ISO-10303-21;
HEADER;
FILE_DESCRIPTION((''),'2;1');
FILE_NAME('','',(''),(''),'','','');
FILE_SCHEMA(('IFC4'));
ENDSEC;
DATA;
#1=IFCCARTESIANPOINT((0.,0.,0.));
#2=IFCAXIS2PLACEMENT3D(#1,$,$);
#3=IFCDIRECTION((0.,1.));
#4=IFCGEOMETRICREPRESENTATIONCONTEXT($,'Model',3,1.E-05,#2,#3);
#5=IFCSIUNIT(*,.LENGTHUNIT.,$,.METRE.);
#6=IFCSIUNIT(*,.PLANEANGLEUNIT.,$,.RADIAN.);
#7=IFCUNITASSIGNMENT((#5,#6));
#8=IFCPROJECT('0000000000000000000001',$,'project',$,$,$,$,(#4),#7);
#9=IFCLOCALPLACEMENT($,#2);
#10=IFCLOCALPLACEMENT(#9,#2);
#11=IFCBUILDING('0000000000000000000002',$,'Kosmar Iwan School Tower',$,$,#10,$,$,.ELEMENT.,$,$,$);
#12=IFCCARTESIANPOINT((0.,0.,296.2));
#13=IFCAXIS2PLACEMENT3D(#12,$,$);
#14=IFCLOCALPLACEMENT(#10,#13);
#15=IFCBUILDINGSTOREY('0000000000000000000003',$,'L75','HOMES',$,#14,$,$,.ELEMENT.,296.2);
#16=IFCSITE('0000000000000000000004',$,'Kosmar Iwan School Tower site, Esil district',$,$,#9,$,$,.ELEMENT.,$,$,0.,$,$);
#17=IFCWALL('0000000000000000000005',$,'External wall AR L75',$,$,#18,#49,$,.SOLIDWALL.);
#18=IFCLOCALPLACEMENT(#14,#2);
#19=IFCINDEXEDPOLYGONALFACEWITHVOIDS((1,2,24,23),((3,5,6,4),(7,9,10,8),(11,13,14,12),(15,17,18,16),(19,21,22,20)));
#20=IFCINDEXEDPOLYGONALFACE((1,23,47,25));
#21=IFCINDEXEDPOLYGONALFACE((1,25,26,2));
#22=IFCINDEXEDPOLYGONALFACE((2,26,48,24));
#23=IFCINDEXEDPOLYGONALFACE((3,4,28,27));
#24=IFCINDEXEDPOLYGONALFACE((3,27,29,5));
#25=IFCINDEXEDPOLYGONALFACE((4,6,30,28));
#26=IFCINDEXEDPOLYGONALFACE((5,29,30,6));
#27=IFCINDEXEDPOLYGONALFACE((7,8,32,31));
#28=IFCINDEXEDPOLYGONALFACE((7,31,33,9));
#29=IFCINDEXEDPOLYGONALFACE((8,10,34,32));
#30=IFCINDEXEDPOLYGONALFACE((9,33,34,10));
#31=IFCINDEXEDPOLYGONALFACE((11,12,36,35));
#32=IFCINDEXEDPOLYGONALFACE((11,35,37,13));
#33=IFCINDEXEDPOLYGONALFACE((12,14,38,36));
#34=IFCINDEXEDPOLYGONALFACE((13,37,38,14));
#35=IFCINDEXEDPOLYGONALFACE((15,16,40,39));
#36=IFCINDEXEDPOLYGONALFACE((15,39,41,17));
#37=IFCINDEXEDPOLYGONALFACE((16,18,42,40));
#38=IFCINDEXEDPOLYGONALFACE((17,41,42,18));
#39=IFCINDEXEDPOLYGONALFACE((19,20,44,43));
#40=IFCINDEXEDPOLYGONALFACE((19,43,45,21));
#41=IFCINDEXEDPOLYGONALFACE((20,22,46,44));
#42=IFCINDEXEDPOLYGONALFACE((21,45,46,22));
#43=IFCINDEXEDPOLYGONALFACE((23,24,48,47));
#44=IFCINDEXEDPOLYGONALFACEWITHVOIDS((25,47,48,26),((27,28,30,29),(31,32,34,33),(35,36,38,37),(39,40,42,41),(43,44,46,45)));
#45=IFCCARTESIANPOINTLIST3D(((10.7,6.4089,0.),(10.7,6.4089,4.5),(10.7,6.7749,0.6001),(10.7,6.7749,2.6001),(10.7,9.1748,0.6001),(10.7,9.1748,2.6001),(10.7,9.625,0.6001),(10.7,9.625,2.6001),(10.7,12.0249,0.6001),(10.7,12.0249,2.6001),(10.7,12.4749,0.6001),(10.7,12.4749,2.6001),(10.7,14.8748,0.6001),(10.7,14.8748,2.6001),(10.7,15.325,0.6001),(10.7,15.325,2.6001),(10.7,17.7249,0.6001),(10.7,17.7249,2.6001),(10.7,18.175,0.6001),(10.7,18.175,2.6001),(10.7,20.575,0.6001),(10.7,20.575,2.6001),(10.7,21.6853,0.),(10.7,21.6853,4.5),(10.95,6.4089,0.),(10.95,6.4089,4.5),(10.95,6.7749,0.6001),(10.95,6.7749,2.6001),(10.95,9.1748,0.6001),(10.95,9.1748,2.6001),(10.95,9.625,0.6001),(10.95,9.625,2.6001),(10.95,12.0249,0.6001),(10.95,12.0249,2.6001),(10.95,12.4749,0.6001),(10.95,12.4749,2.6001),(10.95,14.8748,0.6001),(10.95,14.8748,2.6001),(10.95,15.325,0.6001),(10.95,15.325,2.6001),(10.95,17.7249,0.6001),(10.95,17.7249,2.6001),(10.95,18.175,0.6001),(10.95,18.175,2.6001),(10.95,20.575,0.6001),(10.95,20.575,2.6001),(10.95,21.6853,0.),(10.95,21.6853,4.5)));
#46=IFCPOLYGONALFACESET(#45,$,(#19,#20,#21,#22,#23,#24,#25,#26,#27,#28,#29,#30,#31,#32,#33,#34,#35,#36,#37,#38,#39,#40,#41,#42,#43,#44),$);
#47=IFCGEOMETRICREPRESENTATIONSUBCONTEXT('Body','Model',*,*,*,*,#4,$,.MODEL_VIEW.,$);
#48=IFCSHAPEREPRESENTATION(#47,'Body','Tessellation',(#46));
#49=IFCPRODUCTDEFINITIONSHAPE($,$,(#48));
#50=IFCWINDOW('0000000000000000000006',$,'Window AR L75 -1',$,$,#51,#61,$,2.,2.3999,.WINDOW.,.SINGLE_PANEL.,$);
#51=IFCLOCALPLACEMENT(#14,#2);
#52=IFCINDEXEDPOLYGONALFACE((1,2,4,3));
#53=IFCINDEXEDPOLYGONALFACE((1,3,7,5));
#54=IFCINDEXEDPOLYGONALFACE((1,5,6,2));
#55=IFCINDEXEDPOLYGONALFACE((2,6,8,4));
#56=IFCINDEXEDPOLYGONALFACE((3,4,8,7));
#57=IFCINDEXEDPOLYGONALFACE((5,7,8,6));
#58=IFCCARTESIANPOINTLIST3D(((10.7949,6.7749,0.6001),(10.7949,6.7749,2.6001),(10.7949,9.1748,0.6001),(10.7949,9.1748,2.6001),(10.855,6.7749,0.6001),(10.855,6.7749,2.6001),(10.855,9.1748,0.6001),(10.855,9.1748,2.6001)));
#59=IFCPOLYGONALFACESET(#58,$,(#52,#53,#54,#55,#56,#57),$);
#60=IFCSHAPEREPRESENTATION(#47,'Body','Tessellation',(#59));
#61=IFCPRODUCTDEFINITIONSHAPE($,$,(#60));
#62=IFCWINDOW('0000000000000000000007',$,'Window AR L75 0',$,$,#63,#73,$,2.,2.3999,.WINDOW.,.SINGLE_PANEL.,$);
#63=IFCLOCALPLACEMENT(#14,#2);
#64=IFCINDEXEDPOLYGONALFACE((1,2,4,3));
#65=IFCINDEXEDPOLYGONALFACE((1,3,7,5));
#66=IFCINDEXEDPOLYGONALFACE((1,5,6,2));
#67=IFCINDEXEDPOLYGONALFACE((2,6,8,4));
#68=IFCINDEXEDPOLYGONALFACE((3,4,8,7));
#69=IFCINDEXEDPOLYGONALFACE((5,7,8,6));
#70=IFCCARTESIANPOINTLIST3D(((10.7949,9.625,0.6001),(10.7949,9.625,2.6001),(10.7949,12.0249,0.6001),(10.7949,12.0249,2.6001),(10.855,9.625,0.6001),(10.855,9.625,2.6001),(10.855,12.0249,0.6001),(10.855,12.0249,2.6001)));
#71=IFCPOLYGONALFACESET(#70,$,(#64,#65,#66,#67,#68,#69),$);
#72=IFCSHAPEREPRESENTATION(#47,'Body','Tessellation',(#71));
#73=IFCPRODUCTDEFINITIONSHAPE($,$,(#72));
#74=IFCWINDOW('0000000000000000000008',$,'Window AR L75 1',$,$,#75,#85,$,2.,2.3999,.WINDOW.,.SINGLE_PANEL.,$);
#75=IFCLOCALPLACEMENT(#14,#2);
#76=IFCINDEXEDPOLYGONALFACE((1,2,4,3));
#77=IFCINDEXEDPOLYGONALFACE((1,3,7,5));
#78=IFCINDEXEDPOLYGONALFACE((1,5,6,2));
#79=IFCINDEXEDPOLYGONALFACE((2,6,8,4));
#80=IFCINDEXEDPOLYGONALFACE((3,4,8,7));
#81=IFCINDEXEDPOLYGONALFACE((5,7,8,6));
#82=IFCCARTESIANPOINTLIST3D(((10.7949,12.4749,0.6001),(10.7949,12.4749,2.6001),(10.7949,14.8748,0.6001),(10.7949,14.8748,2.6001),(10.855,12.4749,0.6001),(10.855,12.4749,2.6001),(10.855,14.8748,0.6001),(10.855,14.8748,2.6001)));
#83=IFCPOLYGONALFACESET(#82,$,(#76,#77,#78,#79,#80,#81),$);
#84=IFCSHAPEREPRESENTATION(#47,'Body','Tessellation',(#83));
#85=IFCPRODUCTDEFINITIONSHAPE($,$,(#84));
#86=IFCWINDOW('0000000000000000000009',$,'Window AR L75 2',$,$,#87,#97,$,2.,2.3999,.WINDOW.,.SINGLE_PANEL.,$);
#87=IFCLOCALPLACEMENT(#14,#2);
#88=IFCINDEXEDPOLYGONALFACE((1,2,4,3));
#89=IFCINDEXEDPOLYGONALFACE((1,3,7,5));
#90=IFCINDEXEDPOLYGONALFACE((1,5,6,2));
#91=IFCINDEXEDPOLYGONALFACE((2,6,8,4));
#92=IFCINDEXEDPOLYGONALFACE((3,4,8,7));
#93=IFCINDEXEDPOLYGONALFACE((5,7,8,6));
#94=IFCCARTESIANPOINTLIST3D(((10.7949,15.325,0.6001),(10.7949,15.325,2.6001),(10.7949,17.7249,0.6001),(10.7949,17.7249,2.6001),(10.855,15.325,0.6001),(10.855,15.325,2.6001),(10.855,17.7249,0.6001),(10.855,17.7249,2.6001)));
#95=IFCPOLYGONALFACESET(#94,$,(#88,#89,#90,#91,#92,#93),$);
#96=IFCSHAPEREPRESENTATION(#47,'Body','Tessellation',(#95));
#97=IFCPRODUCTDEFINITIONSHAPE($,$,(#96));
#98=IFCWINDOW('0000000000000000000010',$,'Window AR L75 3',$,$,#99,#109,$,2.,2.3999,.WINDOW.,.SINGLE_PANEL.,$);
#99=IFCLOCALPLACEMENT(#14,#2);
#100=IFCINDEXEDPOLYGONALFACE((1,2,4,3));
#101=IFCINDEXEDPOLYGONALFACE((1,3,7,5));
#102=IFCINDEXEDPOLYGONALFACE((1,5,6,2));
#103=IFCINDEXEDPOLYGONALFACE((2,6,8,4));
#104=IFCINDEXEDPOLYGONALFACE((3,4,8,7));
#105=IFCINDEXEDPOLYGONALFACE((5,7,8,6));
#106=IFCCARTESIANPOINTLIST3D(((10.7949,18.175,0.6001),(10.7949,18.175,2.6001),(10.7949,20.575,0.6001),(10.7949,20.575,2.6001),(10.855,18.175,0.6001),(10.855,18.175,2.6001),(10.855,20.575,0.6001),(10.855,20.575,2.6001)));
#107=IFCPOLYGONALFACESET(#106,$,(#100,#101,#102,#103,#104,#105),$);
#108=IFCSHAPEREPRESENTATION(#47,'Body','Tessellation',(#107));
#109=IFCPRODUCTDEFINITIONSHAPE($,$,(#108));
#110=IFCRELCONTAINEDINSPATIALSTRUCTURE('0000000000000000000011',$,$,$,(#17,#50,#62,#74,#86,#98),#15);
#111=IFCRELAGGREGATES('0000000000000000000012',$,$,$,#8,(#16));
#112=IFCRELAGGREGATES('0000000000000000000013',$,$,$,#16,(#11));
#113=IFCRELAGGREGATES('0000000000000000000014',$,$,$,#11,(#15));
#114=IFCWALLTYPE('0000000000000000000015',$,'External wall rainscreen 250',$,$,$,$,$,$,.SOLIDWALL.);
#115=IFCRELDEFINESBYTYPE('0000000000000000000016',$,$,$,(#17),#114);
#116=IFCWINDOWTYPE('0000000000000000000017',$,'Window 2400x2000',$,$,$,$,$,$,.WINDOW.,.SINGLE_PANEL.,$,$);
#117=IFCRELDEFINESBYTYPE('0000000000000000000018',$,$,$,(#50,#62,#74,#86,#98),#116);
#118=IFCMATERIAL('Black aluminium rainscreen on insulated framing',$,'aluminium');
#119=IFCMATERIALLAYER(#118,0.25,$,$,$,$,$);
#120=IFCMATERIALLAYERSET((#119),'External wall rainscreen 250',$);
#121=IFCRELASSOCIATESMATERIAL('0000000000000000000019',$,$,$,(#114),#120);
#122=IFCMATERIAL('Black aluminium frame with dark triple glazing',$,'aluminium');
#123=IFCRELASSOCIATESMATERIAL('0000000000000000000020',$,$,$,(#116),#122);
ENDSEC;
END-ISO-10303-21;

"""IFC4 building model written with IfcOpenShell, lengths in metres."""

from ifc_helpers import new_model, si_unit, direction, frame, frame_2d, origin, place, context, subcontext, project, spatial, rectangle, extrude, material, layer, layer_set, type_object, element, fill, save


model = new_model("IFC4")

# Units and contexts
model_context = context("Model", 3, precision=1e-05, world=origin(), true_north=direction((0.0, 1.0)))
body_context = subcontext(model_context, "Body", "Model", "MODEL_VIEW")
ifc_project = project(units=[si_unit("LENGTHUNIT", "METRE"), si_unit("PLANEANGLEUNIT", "RADIAN")], contexts=[model_context])

# Site, building, storey
site_placement = place(None, origin())
site = spatial("IfcSite", under=ifc_project, at=site_placement, Name="Kosmar Iwan School Tower site, Esil district", CompositionType="ELEMENT", RefElevation=0.0)
building_placement = place(site_placement, origin())
building = spatial("IfcBuilding", under=site, at=building_placement, Name="Kosmar Iwan School Tower", CompositionType="ELEMENT")
storey_placement = place(building_placement, frame((0.0, 0.0, 296.2)))
storey = spatial("IfcBuildingStorey", under=building, at=storey_placement, Name="L75", Description="HOMES", CompositionType="ELEMENT", Elevation=296.2)

# Wall, openings, windows
ifc_material_1 = material(Name="Black aluminium rainscreen on insulated framing", Category="aluminium")
ifc_layer_1 = layer(ifc_material_1, 0.25)
ifc_layer_set_1 = layer_set([ifc_layer_1], Name="External wall rainscreen 250")
wall_type_1 = type_object("IfcWallType", Name="External wall rainscreen 250", PredefinedType="SOLIDWALL", material=ifc_layer_set_1)
ifc_material_2 = material(Name="Black aluminium frame with dark triple glazing", Category="aluminium")
window_type = type_object("IfcWindowType", Name="Window 2400x2000", PartitioningType="SINGLE_PANEL", PredefinedType="WINDOW", material=ifc_material_2)
wall_1_placement = place(storey_placement, frame((10.825, 6.4089, 0.0), z_axis=(0.0, 0.0, 1.0), x_axis=(0.0, 1.0, 0.0)))
wall_1 = element("IfcWall", 1, at=wall_1_placement, inside=storey, type_object=wall_type_1, Name="External wall AR L75", PredefinedType="SOLIDWALL", context=body_context, shape_type="SweptSolid", body=[
    extrude(rectangle(XDim=15.2764, YDim=0.25, at=frame_2d((7.6382, 0.0))), origin(), (0.0, 0.0, 1.0), 4.5),
])
opening_1_placement = place(wall_1_placement, frame((0.366, 0.0, 0.6001)))
opening_1 = element("IfcOpeningElement", 2, at=opening_1_placement, cuts=wall_1, PredefinedType="OPENING", context=body_context, shape_type="SweptSolid", body=[
    extrude(rectangle(XDim=2.3999, YDim=2.0, at=frame_2d((1.2, 1.0))), frame((0.0, 0.137, 0.0), z_axis=(0.0, -1.0, 0.0), x_axis=(1.0, 0.0, 0.0)), (0.0, 0.0, 1.0), 0.2739),
])
opening_2_placement = place(wall_1_placement, frame((3.2161, 0.0, 0.6001)))
opening_2 = element("IfcOpeningElement", 3, at=opening_2_placement, cuts=wall_1, PredefinedType="OPENING", context=body_context, shape_type="SweptSolid", body=[
    extrude(rectangle(XDim=2.3999, YDim=2.0, at=frame_2d((1.2, 1.0))), frame((0.0, 0.137, 0.0), z_axis=(0.0, -1.0, 0.0), x_axis=(1.0, 0.0, 0.0)), (0.0, 0.0, 1.0), 0.2739),
])
opening_3_placement = place(wall_1_placement, frame((6.0659, 0.0, 0.6001)))
opening_3 = element("IfcOpeningElement", 4, at=opening_3_placement, cuts=wall_1, PredefinedType="OPENING", context=body_context, shape_type="SweptSolid", body=[
    extrude(rectangle(XDim=2.3999, YDim=2.0, at=frame_2d((1.2, 1.0))), frame((0.0, 0.137, 0.0), z_axis=(0.0, -1.0, 0.0), x_axis=(1.0, 0.0, 0.0)), (0.0, 0.0, 1.0), 0.2739),
])
opening_4_placement = place(wall_1_placement, frame((8.916, 0.0, 0.6001)))
opening_4 = element("IfcOpeningElement", 5, at=opening_4_placement, cuts=wall_1, PredefinedType="OPENING", context=body_context, shape_type="SweptSolid", body=[
    extrude(rectangle(XDim=2.3999, YDim=2.0, at=frame_2d((1.2, 1.0))), frame((0.0, 0.137, 0.0), z_axis=(0.0, -1.0, 0.0), x_axis=(1.0, 0.0, 0.0)), (0.0, 0.0, 1.0), 0.2739),
])
opening_5_placement = place(wall_1_placement, frame((11.7661, 0.0, 0.6001)))
opening_5 = element("IfcOpeningElement", 6, at=opening_5_placement, cuts=wall_1, PredefinedType="OPENING", context=body_context, shape_type="SweptSolid", body=[
    extrude(rectangle(XDim=2.3999, YDim=2.0, at=frame_2d((1.2, 1.0))), frame((0.0, 0.137, 0.0), z_axis=(0.0, -1.0, 0.0), x_axis=(1.0, 0.0, 0.0)), (0.0, 0.0, 1.0), 0.2739),
])
window_1_placement = place(opening_1_placement, origin())
window_1 = element("IfcWindow", 7, at=window_1_placement, inside=storey, type_object=window_type, Name="Window AR L75 -1", OverallHeight=2.0, OverallWidth=2.3999, PartitioningType="SINGLE_PANEL", PredefinedType="WINDOW", context=body_context, shape_type="SweptSolid", body=[
    extrude(rectangle(XDim=2.3999, YDim=2.0, at=frame_2d((1.2, 1.0))), frame((0.0, 0.03, 0.0), z_axis=(0.0, -1.0, 0.0), x_axis=(1.0, 0.0, 0.0)), (0.0, 0.0, 1.0), 0.0601),
])
fill(opening_1, window_1)
window_2_placement = place(opening_2_placement, origin())
window_2 = element("IfcWindow", 8, at=window_2_placement, inside=storey, type_object=window_type, Name="Window AR L75 0", OverallHeight=2.0, OverallWidth=2.3999, PartitioningType="SINGLE_PANEL", PredefinedType="WINDOW", context=body_context, shape_type="SweptSolid", body=[
    extrude(rectangle(XDim=2.3999, YDim=2.0, at=frame_2d((1.2, 1.0))), frame((0.0, 0.03, 0.0), z_axis=(0.0, -1.0, 0.0), x_axis=(1.0, 0.0, 0.0)), (0.0, 0.0, 1.0), 0.0601),
])
fill(opening_2, window_2)
window_3_placement = place(opening_3_placement, origin())
window_3 = element("IfcWindow", 9, at=window_3_placement, inside=storey, type_object=window_type, Name="Window AR L75 1", OverallHeight=2.0, OverallWidth=2.3999, PartitioningType="SINGLE_PANEL", PredefinedType="WINDOW", context=body_context, shape_type="SweptSolid", body=[
    extrude(rectangle(XDim=2.3999, YDim=2.0, at=frame_2d((1.2, 1.0))), frame((0.0, 0.03, 0.0), z_axis=(0.0, -1.0, 0.0), x_axis=(1.0, 0.0, 0.0)), (0.0, 0.0, 1.0), 0.0601),
])
fill(opening_3, window_3)
window_4_placement = place(opening_4_placement, origin())
window_4 = element("IfcWindow", 10, at=window_4_placement, inside=storey, type_object=window_type, Name="Window AR L75 2", OverallHeight=2.0, OverallWidth=2.3999, PartitioningType="SINGLE_PANEL", PredefinedType="WINDOW", context=body_context, shape_type="SweptSolid", body=[
    extrude(rectangle(XDim=2.3999, YDim=2.0, at=frame_2d((1.2, 1.0))), frame((0.0, 0.03, 0.0), z_axis=(0.0, -1.0, 0.0), x_axis=(1.0, 0.0, 0.0)), (0.0, 0.0, 1.0), 0.0601),
])
fill(opening_4, window_4)
window_5_placement = place(opening_5_placement, origin())
window_5 = element("IfcWindow", 11, at=window_5_placement, inside=storey, type_object=window_type, Name="Window AR L75 3", OverallHeight=2.0, OverallWidth=2.3999, PartitioningType="SINGLE_PANEL", PredefinedType="WINDOW", context=body_context, shape_type="SweptSolid", body=[
    extrude(rectangle(XDim=2.3999, YDim=2.0, at=frame_2d((1.2, 1.0))), frame((0.0, 0.03, 0.0), z_axis=(0.0, -1.0, 0.0), x_axis=(1.0, 0.0, 0.0)), (0.0, 0.0, 1.0), 0.0601),
])
fill(opening_5, window_5)

save(model, "model.ifc")
